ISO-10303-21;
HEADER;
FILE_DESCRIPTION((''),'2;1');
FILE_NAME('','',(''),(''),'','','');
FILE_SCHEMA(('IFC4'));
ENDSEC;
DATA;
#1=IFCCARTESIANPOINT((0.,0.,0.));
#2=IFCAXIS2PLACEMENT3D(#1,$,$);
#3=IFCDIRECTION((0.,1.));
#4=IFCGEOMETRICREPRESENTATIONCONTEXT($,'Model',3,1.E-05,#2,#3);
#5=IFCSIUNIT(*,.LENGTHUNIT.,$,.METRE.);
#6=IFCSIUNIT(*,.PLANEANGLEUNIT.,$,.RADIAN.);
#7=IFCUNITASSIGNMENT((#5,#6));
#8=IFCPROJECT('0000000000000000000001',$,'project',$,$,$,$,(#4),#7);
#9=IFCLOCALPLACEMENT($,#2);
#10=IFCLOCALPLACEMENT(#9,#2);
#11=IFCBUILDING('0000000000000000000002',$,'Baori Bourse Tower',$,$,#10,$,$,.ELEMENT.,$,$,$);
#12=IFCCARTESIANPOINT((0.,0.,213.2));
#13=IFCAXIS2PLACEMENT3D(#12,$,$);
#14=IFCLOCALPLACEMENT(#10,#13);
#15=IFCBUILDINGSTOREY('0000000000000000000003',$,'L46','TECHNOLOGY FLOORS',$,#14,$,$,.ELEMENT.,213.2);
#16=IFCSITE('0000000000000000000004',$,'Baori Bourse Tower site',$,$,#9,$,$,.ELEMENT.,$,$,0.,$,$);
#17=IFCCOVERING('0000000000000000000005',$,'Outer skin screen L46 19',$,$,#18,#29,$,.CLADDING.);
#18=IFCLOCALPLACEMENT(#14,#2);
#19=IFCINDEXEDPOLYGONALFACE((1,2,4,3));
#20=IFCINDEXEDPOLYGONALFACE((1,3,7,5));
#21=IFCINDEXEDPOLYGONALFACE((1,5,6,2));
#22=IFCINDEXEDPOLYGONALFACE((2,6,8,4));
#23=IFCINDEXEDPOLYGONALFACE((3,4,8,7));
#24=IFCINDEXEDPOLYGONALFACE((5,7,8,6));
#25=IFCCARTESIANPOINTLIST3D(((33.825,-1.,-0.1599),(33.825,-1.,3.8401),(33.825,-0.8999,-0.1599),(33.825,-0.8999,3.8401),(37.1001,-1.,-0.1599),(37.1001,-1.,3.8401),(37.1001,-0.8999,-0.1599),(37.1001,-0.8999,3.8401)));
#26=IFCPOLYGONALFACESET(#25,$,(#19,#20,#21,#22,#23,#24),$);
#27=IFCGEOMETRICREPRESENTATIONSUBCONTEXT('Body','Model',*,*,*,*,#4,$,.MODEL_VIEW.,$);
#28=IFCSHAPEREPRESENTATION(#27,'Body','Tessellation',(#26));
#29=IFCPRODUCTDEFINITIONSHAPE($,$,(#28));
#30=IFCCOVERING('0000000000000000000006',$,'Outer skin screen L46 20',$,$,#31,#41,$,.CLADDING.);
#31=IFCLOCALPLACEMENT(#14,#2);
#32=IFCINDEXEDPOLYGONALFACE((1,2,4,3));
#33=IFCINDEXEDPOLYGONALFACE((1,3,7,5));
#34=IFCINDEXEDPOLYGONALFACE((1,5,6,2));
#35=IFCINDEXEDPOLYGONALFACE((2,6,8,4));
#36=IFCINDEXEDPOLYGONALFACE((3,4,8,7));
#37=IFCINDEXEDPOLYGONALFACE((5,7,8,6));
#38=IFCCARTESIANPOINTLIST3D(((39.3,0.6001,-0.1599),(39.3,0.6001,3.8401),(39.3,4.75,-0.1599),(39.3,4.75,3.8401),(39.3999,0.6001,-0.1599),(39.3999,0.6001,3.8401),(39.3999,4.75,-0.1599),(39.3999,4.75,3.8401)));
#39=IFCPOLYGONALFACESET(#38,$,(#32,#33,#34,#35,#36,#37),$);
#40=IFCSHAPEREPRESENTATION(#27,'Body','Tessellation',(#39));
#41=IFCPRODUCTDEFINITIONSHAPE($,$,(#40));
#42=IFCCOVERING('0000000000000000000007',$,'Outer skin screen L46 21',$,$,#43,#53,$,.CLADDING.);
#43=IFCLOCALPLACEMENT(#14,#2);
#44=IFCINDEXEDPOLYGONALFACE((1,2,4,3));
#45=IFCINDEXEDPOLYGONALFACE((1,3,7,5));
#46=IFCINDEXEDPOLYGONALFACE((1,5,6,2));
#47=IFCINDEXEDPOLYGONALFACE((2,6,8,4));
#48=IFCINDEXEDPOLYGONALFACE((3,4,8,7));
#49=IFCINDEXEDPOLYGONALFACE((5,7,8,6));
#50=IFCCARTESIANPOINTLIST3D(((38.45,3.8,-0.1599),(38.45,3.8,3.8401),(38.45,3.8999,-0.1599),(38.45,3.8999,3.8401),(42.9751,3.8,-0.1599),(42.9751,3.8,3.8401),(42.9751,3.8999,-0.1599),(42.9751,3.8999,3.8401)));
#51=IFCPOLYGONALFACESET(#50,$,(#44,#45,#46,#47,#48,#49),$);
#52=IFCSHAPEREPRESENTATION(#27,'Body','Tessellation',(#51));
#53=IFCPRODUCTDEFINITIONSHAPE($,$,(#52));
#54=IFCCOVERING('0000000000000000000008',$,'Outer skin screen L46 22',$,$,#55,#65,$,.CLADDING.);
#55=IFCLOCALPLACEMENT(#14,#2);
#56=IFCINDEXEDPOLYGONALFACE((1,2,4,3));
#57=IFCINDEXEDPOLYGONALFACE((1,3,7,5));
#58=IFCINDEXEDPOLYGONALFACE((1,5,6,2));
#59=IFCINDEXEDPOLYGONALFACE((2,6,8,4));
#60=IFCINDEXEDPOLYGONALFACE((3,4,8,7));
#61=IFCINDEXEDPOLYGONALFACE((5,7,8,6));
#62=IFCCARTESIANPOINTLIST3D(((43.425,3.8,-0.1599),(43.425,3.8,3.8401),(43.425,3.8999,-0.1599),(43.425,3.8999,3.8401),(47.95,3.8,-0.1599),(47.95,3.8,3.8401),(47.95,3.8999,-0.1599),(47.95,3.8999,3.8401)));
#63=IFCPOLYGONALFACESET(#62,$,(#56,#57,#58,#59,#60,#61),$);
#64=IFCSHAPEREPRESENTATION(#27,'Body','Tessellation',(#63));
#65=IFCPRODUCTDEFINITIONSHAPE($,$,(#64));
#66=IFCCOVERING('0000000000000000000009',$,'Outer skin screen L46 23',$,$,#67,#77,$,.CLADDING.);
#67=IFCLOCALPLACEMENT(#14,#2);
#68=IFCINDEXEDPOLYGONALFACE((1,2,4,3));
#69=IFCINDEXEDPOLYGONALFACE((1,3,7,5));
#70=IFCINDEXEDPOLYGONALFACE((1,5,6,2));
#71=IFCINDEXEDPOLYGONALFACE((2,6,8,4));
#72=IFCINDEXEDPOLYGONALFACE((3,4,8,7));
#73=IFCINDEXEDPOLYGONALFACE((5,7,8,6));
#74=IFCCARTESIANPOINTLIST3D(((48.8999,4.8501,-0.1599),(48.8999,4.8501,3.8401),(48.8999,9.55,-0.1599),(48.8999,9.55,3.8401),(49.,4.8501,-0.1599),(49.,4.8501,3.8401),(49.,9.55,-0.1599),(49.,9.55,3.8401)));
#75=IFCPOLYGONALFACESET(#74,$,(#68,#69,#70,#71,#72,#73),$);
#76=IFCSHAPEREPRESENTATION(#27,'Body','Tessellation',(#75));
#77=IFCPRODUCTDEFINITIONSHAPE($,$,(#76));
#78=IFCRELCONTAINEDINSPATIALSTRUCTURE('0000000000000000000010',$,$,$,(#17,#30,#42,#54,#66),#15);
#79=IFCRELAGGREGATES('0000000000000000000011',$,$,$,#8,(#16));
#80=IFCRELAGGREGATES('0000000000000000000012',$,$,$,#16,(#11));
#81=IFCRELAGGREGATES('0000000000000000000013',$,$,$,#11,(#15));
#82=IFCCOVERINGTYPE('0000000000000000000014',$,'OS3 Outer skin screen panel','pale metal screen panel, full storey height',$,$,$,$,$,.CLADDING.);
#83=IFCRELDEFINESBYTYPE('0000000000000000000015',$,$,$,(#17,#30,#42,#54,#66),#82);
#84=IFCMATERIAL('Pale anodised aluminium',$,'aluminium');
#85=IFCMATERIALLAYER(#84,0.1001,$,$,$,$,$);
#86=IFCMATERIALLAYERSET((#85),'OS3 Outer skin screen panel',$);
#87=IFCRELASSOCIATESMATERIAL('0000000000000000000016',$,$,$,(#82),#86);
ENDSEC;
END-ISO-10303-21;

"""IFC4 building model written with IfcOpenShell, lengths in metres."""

from ifc_helpers import new_model, si_unit, direction, frame, origin, place, context, subcontext, project, spatial, polyline, outline, extrude, material, layer, layer_set, type_object, element, save


model = new_model("IFC4")

# Units and contexts
model_context = context("Model", 3, precision=1e-05, world=origin(), true_north=direction((0.0, 1.0)))
body_context = subcontext(model_context, "Body", "Model", "MODEL_VIEW")
ifc_project = project(units=[si_unit("LENGTHUNIT", "METRE"), si_unit("PLANEANGLEUNIT", "RADIAN")], contexts=[model_context])

# Site, building, storey
site_placement = place(None, origin())
site = spatial("IfcSite", under=ifc_project, at=site_placement, Name="Baori Bourse Tower site", CompositionType="ELEMENT", RefElevation=0.0)
building_placement = place(site_placement, origin())
building = spatial("IfcBuilding", under=site, at=building_placement, Name="Baori Bourse Tower", CompositionType="ELEMENT")
storey_placement = place(building_placement, frame((0.0, 0.0, 213.2)))
storey = spatial("IfcBuildingStorey", under=building, at=storey_placement, Name="L46", Description="TECHNOLOGY FLOORS", CompositionType="ELEMENT", Elevation=213.2)

# Coverings
ifc_material_1 = material(Name="Pale anodised aluminium", Category="aluminium")
ifc_layer_1 = layer(ifc_material_1, 0.1001)
ifc_layer_set_1 = layer_set([ifc_layer_1], Name="OS3 Outer skin screen panel")
covering_type = type_object("IfcCoveringType", Name="OS3 Outer skin screen panel", Description="pale metal screen panel, full storey height", PredefinedType="CLADDING", material=ifc_layer_set_1)
covering_1_placement = place(storey_placement, frame((0.0, 0.0, -0.1599)))
element("IfcCovering", 1, at=covering_1_placement, inside=storey, type_object=covering_type, Name="Outer skin screen L46 19", PredefinedType="CLADDING", context=body_context, shape_type="SweptSolid", body=[
    extrude(outline(polyline([(37.1001, -0.8999), (33.825, -0.8999), (33.825, -1.0), (37.1001, -1.0), (37.1001, -0.8999)])), origin(), (0.0, 0.0, 1.0), 4.0),
])
covering_2_placement = place(storey_placement, frame((0.0, 0.0, -0.1599)))
element("IfcCovering", 2, at=covering_2_placement, inside=storey, type_object=covering_type, Name="Outer skin screen L46 20", PredefinedType="CLADDING", context=body_context, shape_type="SweptSolid", body=[
    extrude(outline(polyline([(39.3, 4.75), (39.3, 0.6001), (39.3999, 0.6001), (39.3999, 4.75), (39.3, 4.75)])), origin(), (0.0, 0.0, 1.0), 4.0),
])
covering_3_placement = place(storey_placement, frame((0.0, 0.0, -0.1599)))
element("IfcCovering", 3, at=covering_3_placement, inside=storey, type_object=covering_type, Name="Outer skin screen L46 21", PredefinedType="CLADDING", context=body_context, shape_type="SweptSolid", body=[
    extrude(outline(polyline([(42.9751, 3.8999), (38.45, 3.8999), (38.45, 3.8), (42.9751, 3.8), (42.9751, 3.8999)])), origin(), (0.0, 0.0, 1.0), 4.0),
])
covering_4_placement = place(storey_placement, frame((0.0, 0.0, -0.1599)))
element("IfcCovering", 4, at=covering_4_placement, inside=storey, type_object=covering_type, Name="Outer skin screen L46 22", PredefinedType="CLADDING", context=body_context, shape_type="SweptSolid", body=[
    extrude(outline(polyline([(47.95, 3.8999), (43.425, 3.8999), (43.425, 3.8), (47.95, 3.8), (47.95, 3.8999)])), origin(), (0.0, 0.0, 1.0), 4.0),
])
covering_5_placement = place(storey_placement, frame((0.0, 0.0, -0.1599)))
element("IfcCovering", 5, at=covering_5_placement, inside=storey, type_object=covering_type, Name="Outer skin screen L46 23", PredefinedType="CLADDING", context=body_context, shape_type="SweptSolid", body=[
    extrude(outline(polyline([(48.8999, 9.55), (48.8999, 4.8501), (49.0, 4.8501), (49.0, 9.55), (48.8999, 9.55)])), origin(), (0.0, 0.0, 1.0), 4.0),
])

save(model, "model.ifc")
